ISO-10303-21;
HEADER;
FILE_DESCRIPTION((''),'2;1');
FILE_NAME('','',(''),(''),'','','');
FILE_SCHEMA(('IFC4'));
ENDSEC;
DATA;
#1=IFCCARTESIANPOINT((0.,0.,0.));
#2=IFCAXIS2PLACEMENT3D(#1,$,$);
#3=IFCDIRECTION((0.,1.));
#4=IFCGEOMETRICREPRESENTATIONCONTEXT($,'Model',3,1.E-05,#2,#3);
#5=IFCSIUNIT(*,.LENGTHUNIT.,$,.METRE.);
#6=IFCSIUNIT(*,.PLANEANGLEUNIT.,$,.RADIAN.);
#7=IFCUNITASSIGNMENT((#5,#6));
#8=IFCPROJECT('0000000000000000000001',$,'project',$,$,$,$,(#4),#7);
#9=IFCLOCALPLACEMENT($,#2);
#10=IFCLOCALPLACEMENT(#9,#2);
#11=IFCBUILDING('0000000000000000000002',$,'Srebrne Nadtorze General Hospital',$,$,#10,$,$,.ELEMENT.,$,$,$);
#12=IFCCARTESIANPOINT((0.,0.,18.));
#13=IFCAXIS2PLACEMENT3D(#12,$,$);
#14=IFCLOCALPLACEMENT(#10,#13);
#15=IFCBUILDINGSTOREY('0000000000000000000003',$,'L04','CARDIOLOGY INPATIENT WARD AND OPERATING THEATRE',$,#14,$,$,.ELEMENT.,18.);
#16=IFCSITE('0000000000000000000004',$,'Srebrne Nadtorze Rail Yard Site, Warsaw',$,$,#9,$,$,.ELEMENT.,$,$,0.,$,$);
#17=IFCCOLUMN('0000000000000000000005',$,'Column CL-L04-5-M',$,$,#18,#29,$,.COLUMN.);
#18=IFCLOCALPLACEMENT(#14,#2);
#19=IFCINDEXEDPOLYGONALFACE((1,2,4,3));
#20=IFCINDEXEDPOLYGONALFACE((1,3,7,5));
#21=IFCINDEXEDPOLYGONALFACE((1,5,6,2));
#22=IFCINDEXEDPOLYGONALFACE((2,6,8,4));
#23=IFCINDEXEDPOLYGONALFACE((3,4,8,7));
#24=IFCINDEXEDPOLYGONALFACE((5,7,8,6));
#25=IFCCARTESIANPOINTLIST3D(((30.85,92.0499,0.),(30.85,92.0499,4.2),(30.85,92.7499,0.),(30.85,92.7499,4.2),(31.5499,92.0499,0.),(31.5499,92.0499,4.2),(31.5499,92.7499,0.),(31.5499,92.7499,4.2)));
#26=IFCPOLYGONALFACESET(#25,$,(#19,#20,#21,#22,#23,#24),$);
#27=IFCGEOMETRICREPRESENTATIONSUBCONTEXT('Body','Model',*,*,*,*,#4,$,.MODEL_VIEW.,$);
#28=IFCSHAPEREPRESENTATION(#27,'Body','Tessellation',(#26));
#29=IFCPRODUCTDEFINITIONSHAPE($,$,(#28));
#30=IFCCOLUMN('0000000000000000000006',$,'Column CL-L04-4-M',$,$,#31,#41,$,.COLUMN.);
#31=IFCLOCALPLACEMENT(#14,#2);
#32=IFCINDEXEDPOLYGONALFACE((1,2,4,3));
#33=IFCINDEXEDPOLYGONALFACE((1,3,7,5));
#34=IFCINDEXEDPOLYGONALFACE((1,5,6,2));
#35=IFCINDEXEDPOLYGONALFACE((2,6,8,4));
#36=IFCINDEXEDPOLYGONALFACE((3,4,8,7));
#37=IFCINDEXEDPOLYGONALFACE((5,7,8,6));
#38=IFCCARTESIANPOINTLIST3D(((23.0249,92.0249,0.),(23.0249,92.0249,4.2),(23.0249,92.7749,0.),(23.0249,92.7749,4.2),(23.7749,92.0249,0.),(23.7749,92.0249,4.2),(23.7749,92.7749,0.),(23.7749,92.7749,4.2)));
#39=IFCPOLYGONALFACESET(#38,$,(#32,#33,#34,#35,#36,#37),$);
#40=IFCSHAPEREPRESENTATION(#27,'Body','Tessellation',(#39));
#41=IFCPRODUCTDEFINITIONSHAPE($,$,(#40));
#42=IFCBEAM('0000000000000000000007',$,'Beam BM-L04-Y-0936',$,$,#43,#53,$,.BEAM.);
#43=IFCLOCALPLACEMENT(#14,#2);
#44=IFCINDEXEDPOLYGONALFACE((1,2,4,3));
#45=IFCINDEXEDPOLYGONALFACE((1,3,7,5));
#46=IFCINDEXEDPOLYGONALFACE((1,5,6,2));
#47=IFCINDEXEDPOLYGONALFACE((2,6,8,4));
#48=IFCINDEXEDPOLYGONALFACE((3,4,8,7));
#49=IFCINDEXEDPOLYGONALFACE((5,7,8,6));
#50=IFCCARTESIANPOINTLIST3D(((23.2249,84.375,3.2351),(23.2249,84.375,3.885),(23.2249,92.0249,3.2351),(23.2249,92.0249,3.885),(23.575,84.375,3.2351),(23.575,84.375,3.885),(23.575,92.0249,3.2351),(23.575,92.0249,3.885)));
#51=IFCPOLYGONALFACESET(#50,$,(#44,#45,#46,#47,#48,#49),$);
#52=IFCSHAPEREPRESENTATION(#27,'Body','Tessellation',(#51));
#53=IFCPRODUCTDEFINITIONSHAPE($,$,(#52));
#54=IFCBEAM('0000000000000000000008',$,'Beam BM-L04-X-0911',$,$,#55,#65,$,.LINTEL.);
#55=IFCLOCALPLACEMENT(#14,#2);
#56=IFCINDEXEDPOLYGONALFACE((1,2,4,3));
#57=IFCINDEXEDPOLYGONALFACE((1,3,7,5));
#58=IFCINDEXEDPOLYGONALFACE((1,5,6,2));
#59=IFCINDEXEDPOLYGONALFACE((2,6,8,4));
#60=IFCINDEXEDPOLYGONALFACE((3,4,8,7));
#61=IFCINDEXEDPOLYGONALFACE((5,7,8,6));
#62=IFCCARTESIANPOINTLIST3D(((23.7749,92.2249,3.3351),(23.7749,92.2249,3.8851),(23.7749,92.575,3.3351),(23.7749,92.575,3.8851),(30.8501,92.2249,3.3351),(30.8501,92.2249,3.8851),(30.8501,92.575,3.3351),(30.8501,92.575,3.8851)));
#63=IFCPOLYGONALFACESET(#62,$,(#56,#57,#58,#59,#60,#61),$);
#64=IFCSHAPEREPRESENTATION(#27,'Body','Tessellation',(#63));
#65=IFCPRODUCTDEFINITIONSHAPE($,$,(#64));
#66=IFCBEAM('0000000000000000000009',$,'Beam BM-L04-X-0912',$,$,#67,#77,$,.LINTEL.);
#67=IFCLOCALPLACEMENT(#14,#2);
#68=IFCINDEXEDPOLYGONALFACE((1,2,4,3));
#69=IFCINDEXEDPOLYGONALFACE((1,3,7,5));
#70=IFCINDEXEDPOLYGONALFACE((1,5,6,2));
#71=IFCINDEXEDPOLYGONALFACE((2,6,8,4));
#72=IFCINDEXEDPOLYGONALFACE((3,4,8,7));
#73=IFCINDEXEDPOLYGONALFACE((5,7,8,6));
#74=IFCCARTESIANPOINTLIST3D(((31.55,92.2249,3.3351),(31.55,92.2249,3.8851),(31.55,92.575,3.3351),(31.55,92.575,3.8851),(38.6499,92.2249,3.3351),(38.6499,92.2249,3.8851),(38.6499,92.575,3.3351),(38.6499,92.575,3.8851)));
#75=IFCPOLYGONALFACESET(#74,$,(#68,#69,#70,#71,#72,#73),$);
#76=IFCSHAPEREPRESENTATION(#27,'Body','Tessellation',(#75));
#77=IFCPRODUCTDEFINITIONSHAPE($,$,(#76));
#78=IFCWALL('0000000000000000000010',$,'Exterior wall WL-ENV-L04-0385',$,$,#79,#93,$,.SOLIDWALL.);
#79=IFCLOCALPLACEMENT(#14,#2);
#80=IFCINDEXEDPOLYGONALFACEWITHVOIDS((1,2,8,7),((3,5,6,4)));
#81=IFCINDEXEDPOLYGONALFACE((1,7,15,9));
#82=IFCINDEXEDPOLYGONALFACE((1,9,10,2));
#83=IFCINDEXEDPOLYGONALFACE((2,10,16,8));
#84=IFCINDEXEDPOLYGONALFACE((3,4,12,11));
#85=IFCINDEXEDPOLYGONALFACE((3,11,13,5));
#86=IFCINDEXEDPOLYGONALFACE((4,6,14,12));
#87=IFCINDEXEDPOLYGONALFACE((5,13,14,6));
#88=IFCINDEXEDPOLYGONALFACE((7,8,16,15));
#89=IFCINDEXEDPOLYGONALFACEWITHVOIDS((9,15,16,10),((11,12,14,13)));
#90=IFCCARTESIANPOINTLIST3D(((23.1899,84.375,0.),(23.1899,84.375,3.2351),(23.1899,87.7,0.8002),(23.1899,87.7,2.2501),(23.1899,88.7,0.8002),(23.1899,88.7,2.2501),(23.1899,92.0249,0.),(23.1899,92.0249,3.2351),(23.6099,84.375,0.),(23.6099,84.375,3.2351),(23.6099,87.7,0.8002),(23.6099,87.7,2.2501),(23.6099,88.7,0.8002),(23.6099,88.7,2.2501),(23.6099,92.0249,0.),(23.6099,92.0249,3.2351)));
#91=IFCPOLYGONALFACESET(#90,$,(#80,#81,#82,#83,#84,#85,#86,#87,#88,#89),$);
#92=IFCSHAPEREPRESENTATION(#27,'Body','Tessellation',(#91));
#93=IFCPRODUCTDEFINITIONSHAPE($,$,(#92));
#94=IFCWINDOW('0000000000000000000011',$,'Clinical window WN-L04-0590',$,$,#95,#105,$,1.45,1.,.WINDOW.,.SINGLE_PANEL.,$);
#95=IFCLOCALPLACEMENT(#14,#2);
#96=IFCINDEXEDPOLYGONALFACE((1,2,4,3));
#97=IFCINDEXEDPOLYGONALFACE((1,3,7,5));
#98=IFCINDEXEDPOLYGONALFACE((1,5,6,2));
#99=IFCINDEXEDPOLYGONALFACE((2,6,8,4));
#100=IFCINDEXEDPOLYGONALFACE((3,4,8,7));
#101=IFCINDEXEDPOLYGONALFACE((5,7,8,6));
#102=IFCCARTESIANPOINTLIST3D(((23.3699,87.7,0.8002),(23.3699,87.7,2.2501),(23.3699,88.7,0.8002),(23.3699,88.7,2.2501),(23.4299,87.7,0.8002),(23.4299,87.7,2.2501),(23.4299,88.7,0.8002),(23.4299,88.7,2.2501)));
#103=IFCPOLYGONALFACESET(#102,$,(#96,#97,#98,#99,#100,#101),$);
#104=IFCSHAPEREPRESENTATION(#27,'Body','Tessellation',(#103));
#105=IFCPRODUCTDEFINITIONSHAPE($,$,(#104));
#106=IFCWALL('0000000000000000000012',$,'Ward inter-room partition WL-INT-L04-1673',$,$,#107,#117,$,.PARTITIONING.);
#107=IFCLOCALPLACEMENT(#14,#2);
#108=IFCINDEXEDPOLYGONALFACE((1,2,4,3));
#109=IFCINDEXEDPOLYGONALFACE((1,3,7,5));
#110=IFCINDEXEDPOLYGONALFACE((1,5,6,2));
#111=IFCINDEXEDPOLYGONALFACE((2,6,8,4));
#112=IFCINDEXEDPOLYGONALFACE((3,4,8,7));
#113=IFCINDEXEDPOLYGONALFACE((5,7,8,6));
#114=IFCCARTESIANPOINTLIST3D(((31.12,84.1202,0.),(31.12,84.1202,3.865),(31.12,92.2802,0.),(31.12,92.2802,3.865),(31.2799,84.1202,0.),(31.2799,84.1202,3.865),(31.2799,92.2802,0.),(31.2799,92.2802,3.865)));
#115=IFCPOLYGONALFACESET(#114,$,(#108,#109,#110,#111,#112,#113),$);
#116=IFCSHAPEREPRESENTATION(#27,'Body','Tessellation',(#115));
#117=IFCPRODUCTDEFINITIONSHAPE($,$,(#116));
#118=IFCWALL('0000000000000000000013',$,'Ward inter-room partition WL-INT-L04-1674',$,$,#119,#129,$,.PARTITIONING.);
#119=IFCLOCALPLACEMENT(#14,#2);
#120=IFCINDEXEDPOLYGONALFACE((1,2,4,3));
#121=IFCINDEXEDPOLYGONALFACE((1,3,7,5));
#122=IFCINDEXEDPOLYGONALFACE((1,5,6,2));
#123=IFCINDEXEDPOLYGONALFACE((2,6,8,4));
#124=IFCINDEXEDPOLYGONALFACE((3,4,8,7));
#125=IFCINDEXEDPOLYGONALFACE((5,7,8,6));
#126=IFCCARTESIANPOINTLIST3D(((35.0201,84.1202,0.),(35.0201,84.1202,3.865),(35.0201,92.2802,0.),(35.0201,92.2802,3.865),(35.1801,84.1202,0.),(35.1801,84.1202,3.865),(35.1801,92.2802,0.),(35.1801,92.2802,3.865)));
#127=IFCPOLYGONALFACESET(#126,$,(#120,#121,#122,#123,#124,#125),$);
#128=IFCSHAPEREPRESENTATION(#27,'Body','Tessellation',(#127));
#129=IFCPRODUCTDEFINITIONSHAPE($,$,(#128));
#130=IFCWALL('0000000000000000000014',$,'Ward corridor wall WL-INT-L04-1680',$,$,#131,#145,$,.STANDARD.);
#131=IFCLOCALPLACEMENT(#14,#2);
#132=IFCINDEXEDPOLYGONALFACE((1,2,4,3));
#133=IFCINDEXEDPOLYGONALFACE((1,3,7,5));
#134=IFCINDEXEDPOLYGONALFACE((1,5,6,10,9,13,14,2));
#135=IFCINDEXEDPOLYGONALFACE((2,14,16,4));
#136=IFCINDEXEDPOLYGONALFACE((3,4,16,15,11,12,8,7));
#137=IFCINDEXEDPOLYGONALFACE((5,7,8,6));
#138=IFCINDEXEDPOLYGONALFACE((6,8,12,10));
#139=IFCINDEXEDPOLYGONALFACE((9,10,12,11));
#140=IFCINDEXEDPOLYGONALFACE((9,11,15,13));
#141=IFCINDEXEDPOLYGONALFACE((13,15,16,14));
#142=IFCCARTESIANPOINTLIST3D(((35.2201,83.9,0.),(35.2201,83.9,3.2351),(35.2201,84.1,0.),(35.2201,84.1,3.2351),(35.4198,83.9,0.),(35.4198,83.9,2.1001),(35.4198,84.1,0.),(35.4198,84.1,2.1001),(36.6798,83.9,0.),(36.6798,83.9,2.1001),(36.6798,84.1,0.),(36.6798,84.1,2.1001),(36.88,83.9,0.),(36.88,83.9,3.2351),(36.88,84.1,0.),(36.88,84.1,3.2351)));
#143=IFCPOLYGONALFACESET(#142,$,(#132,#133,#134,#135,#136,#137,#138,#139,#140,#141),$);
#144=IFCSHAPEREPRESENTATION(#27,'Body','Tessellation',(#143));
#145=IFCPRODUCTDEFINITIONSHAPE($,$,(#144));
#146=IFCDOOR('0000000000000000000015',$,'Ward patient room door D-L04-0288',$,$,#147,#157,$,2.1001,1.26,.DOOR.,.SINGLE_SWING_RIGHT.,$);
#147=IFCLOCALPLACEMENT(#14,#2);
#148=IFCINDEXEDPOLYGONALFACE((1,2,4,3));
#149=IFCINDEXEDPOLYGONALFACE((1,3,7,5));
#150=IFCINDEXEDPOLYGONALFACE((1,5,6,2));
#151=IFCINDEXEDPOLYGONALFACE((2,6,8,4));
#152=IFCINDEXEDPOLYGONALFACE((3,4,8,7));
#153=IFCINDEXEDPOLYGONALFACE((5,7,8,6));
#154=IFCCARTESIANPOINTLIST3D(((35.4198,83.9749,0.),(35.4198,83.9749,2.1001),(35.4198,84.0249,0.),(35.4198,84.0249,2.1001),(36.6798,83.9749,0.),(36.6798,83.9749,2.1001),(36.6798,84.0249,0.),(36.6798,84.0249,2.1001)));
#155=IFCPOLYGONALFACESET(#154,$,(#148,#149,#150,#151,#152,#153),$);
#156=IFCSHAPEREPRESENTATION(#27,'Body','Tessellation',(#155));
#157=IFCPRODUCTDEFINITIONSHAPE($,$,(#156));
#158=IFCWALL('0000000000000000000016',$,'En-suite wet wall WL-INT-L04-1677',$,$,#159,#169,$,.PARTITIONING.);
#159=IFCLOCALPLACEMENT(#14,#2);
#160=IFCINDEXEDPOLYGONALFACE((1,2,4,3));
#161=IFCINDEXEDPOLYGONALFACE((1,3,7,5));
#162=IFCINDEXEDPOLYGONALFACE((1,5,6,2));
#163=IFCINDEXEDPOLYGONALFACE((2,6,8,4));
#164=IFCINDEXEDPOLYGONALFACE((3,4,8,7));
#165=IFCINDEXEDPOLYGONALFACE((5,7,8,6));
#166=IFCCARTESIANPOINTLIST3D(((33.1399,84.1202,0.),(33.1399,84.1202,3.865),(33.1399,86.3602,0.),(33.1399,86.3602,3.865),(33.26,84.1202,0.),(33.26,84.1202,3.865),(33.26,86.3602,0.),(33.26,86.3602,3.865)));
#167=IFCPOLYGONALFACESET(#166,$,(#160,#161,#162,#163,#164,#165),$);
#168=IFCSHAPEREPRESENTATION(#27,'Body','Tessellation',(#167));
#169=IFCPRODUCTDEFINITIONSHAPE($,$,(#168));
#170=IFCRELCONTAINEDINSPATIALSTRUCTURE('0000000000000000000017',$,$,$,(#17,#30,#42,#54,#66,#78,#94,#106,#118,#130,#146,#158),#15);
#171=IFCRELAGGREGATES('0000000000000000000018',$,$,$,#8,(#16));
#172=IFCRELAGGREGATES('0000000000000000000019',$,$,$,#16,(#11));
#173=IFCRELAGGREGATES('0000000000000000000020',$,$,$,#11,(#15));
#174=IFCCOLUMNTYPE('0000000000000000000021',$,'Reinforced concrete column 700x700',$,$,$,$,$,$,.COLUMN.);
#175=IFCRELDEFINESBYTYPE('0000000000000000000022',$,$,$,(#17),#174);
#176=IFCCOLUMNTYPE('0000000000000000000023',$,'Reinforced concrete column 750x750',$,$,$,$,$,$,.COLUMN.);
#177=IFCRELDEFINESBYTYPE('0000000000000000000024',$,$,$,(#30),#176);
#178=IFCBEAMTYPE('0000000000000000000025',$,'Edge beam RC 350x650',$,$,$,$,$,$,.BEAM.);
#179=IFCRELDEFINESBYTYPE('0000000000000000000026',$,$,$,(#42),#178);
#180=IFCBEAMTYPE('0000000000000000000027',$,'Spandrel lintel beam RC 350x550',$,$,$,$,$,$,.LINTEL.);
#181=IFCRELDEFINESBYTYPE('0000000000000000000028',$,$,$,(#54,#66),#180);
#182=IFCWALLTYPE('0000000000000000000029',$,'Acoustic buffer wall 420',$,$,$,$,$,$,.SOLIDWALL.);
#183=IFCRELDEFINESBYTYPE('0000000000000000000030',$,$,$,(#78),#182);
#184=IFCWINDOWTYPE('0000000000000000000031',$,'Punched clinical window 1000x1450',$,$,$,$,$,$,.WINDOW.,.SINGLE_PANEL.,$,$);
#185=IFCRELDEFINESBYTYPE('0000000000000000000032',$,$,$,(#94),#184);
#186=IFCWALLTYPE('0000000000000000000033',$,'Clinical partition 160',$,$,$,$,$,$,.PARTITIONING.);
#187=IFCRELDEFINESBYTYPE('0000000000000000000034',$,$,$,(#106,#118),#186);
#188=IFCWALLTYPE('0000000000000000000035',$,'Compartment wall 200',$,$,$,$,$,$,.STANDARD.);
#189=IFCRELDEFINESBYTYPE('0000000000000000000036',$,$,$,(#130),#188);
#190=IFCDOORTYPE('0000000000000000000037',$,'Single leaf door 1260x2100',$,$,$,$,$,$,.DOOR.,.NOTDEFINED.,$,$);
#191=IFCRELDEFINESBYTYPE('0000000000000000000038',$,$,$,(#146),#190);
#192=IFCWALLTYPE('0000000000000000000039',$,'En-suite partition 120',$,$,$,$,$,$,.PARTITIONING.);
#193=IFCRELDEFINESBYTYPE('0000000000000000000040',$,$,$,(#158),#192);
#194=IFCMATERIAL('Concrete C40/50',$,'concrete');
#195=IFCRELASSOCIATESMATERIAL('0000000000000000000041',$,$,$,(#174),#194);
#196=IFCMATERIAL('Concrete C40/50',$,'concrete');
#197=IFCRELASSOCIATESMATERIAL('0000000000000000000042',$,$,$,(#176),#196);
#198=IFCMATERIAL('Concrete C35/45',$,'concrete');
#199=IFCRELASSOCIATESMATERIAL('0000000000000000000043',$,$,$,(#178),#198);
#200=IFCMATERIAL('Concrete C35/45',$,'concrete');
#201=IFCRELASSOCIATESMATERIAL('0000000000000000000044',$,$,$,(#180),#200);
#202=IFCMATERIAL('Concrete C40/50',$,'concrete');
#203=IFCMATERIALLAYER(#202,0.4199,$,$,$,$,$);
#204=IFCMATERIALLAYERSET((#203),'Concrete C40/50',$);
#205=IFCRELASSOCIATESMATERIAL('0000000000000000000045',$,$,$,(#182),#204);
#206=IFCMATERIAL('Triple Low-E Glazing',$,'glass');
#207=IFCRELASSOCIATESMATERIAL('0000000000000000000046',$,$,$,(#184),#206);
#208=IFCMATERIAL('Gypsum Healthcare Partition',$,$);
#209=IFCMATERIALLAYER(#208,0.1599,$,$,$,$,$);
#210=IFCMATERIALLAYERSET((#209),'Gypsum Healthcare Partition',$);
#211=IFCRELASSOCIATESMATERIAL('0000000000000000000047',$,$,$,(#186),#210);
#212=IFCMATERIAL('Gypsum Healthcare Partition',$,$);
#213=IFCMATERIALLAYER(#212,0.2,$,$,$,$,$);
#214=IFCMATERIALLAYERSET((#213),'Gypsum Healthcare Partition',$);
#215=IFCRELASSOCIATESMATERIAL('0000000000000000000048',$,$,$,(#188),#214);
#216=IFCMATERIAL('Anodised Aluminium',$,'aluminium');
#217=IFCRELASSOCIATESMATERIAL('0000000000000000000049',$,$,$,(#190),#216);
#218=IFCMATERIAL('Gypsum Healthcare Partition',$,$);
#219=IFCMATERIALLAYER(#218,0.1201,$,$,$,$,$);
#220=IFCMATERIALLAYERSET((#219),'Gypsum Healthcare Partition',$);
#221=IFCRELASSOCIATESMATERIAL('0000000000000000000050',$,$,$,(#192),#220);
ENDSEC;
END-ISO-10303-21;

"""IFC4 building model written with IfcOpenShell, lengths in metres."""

from ifc_helpers import new_model, si_unit, direction, frame, frame_2d, origin, origin_2d, place, context, subcontext, project, spatial, rectangle, extrude, material, layer, layer_set, material_profile, profile_set, type_object, element, fill, save


model = new_model("IFC4")

# Units and contexts
model_context = context("Model", 3, precision=1e-05, world=origin(), true_north=direction((0.0, 1.0)))
body_context = subcontext(model_context, "Body", "Model", "MODEL_VIEW")
ifc_project = project(units=[si_unit("LENGTHUNIT", "METRE"), si_unit("PLANEANGLEUNIT", "RADIAN")], contexts=[model_context])

# Site, building, storey
site_placement = place(None, origin())
site = spatial("IfcSite", under=ifc_project, at=site_placement, Name="Srebrne Nadtorze Rail Yard Site, Warsaw", CompositionType="ELEMENT", RefElevation=0.0)
building_placement = place(site_placement, origin())
building = spatial("IfcBuilding", under=site, at=building_placement, Name="Srebrne Nadtorze General Hospital", CompositionType="ELEMENT")
storey_placement = place(building_placement, frame((0.0, 0.0, 18.0)))
storey = spatial("IfcBuildingStorey", under=building, at=storey_placement, Name="L04", Description="CARDIOLOGY INPATIENT WARD AND OPERATING THEATRE", CompositionType="ELEMENT", Elevation=18.0)

# Columns
ifc_material_1 = material(Name="Concrete C40/50", Category="concrete")
ifc_material_profile_1 = material_profile(ifc_material_1, rectangle(XDim=0.7, YDim=0.7, at=origin_2d()), Name="RC-COL-700x700")
ifc_profile_set_1 = profile_set([ifc_material_profile_1], Name="Concrete C40/50")
column_type_1 = type_object("IfcColumnType", Name="Reinforced concrete column 700x700", PredefinedType="COLUMN", material=ifc_profile_set_1)
column_1_placement = place(storey_placement, frame((31.2, 92.3999, 0.0), z_axis=(0.0, 0.0, 1.0), x_axis=(1.0, 0.0, 0.0)))
element("IfcColumn", 1, at=column_1_placement, inside=storey, type_object=column_type_1, Name="Column CL-L04-5-M", PredefinedType="COLUMN", context=body_context, shape_type="SweptSolid", body=[
    extrude(rectangle(XDim=0.7, YDim=0.7, at=origin_2d()), origin(), (0.0, 0.0, 1.0), 4.2),
])
ifc_material_2 = material(Name="Concrete C40/50", Category="concrete")
ifc_material_profile_2 = material_profile(ifc_material_2, rectangle(XDim=0.75, YDim=0.75, at=origin_2d()), Name="RC-COL-750x750")
ifc_profile_set_2 = profile_set([ifc_material_profile_2], Name="Concrete C40/50")
column_type_2 = type_object("IfcColumnType", Name="Reinforced concrete column 750x750", PredefinedType="COLUMN", material=ifc_profile_set_2)
column_2_placement = place(storey_placement, frame((23.3999, 92.3999, 0.0), z_axis=(0.0, 0.0, 1.0), x_axis=(1.0, 0.0, 0.0)))
element("IfcColumn", 2, at=column_2_placement, inside=storey, type_object=column_type_2, Name="Column CL-L04-4-M", PredefinedType="COLUMN", context=body_context, shape_type="SweptSolid", body=[
    extrude(rectangle(XDim=0.75, YDim=0.75, at=origin_2d()), origin(), (0.0, 0.0, 1.0), 4.2),
])

# Beams
ifc_material_3 = material(Name="Concrete C35/45", Category="concrete")
ifc_material_profile_3 = material_profile(ifc_material_3, rectangle(XDim=0.3501, YDim=0.6499, at=origin_2d()), Name="RC-BM-350x650")
ifc_profile_set_3 = profile_set([ifc_material_profile_3], Name="Concrete C35/45")
beam_type_1 = type_object("IfcBeamType", Name="Edge beam RC 350x650", PredefinedType="BEAM", material=ifc_profile_set_3)
beam_1_placement = place(storey_placement, frame((23.3999, 84.375, 3.5601), z_axis=(0.0, 1.0, 0.0), x_axis=(-1.0, 0.0, 0.0)))
element("IfcBeam", 3, at=beam_1_placement, inside=storey, type_object=beam_type_1, Name="Beam BM-L04-Y-0936", PredefinedType="BEAM", context=body_context, shape_type="SweptSolid", body=[
    extrude(rectangle(XDim=0.3501, YDim=0.6499, at=origin_2d()), origin(), (0.0, 0.0, 1.0), 7.6499),
])
ifc_material_4 = material(Name="Concrete C35/45", Category="concrete")
ifc_material_profile_4 = material_profile(ifc_material_4, rectangle(XDim=0.3501, YDim=0.55, at=origin_2d()), Name="RC-BM-350x550")
ifc_profile_set_4 = profile_set([ifc_material_profile_4], Name="Concrete C35/45")
beam_type_2 = type_object("IfcBeamType", Name="Spandrel lintel beam RC 350x550", PredefinedType="LINTEL", material=ifc_profile_set_4)
beam_2_placement = place(storey_placement, frame((23.7749, 92.3999, 3.6101), z_axis=(1.0, 0.0, 0.0), x_axis=(0.0, 1.0, 0.0)))
element("IfcBeam", 4, at=beam_2_placement, inside=storey, type_object=beam_type_2, Name="Beam BM-L04-X-0911", PredefinedType="LINTEL", context=body_context, shape_type="SweptSolid", body=[
    extrude(rectangle(XDim=0.3501, YDim=0.55, at=origin_2d()), origin(), (0.0, 0.0, 1.0), 7.0752),
])
beam_3_placement = place(storey_placement, frame((31.55, 92.3999, 3.6101), z_axis=(1.0, 0.0, 0.0), x_axis=(0.0, 1.0, 0.0)))
element("IfcBeam", 5, at=beam_3_placement, inside=storey, type_object=beam_type_2, Name="Beam BM-L04-X-0912", PredefinedType="LINTEL", context=body_context, shape_type="SweptSolid", body=[
    extrude(rectangle(XDim=0.3501, YDim=0.55, at=origin_2d()), origin(), (0.0, 0.0, 1.0), 7.0999),
])

# Wall, opening, window
ifc_material_5 = material(Name="Concrete C40/50", Category="concrete")
ifc_layer_1 = layer(ifc_material_5, 0.4199)
ifc_layer_set_1 = layer_set([ifc_layer_1], Name="Concrete C40/50")
wall_type_1 = type_object("IfcWallType", Name="Acoustic buffer wall 420", PredefinedType="SOLIDWALL", material=ifc_layer_set_1)
wall_1_placement = place(storey_placement, frame((23.3999, 84.375, 0.0), z_axis=(0.0, 0.0, 1.0), x_axis=(0.0, 1.0, 0.0)))
wall_1 = element("IfcWall", 6, at=wall_1_placement, inside=storey, type_object=wall_type_1, Name="Exterior wall WL-ENV-L04-0385", PredefinedType="SOLIDWALL", context=body_context, shape_type="SweptSolid", body=[
    extrude(rectangle(XDim=7.6499, YDim=0.4199, at=frame_2d((3.825, 0.0))), origin(), (0.0, 0.0, 1.0), 3.2351),
])
opening_1_placement = place(wall_1_placement, frame((3.325, 0.0, 0.8)))
opening_1 = element("IfcOpeningElement", 7, at=opening_1_placement, cuts=wall_1, PredefinedType="OPENING", context=body_context, shape_type="SweptSolid", body=[
    extrude(rectangle(XDim=1.0, YDim=1.45, at=frame_2d((0.5, 0.7251))), frame((0.0, 0.2219, 0.0), z_axis=(0.0, -1.0, 0.0), x_axis=(1.0, 0.0, 0.0)), (0.0, 0.0, 1.0), 0.4438),
])
ifc_material_6 = material(Name="Triple Low-E Glazing", Category="glass")
window_type_1 = type_object("IfcWindowType", Name="Punched clinical window 1000x1450", PartitioningType="SINGLE_PANEL", PredefinedType="WINDOW", material=ifc_material_6)
window_1_placement = place(opening_1_placement, origin())
window_1 = element("IfcWindow", 8, at=window_1_placement, inside=storey, type_object=window_type_1, Name="Clinical window WN-L04-0590", OverallHeight=1.45, OverallWidth=1.0, PartitioningType="SINGLE_PANEL", PredefinedType="WINDOW", context=body_context, shape_type="SweptSolid", body=[
    extrude(rectangle(XDim=1.0, YDim=1.45, at=frame_2d((0.5, 0.7251))), frame((0.0, 0.03, 0.0), z_axis=(0.0, -1.0, 0.0), x_axis=(1.0, 0.0, 0.0)), (0.0, 0.0, 1.0), 0.0601),
])
fill(opening_1, window_1)

# Walls
ifc_material_7 = material(Name="Gypsum Healthcare Partition")
ifc_layer_2 = layer(ifc_material_7, 0.1599)
ifc_layer_set_2 = layer_set([ifc_layer_2], Name="Gypsum Healthcare Partition")
wall_type_2 = type_object("IfcWallType", Name="Clinical partition 160", PredefinedType="PARTITIONING", material=ifc_layer_set_2)
for number, where, z_axis, x_axis, name in (
    (9, (31.2, 84.1201, 0.0), (0.0, 0.0, 1.0), (0.0, 1.0, 0.0), "Ward inter-room partition WL-INT-L04-1673"),
    (10, (35.1001, 84.1201, 0.0), (0.0, 0.0, 1.0), (0.0, 1.0, 0.0), "Ward inter-room partition WL-INT-L04-1674"),
):
    element("IfcWall", number, at=place(storey_placement, frame(where, z_axis=z_axis, x_axis=x_axis)), inside=storey, type_object=wall_type_2, Name=name, PredefinedType="PARTITIONING", context=body_context, shape_type="SweptSolid", body=[
        extrude(rectangle(XDim=8.1599, YDim=0.1599, at=frame_2d((4.0801, 0.0))), origin(), (0.0, 0.0, 1.0), 3.865),
    ])

# Wall, opening, door
ifc_material_8 = material(Name="Gypsum Healthcare Partition")
ifc_layer_3 = layer(ifc_material_8, 0.2)
ifc_layer_set_3 = layer_set([ifc_layer_3], Name="Gypsum Healthcare Partition")
wall_type_3 = type_object("IfcWallType", Name="Compartment wall 200", PredefinedType="STANDARD", material=ifc_layer_set_3)
wall_2_placement = place(storey_placement, frame((35.22, 84.0, 0.0), z_axis=(0.0, 0.0, 1.0), x_axis=(1.0, 0.0, 0.0)))
wall_2 = element("IfcWall", 11, at=wall_2_placement, inside=storey, type_object=wall_type_3, Name="Ward corridor wall WL-INT-L04-1680", PredefinedType="STANDARD", context=body_context, shape_type="SweptSolid", body=[
    extrude(rectangle(XDim=1.6599, YDim=0.2, at=frame_2d((0.8301, 0.0))), origin(), (0.0, 0.0, 1.0), 3.2351),
])
opening_2_placement = place(wall_2_placement, frame((0.2, 0.0, 0.0)))
opening_2 = element("IfcOpeningElement", 12, at=opening_2_placement, cuts=wall_2, PredefinedType="OPENING", context=body_context, shape_type="SweptSolid", body=[
    extrude(rectangle(XDim=1.26, YDim=2.1001, at=frame_2d((0.6299, 1.05))), frame((0.0, 0.1118, 0.0), z_axis=(0.0, -1.0, 0.0), x_axis=(1.0, 0.0, 0.0)), (0.0, 0.0, 1.0), 0.2239),
])
ifc_material_9 = material(Name="Anodised Aluminium", Category="aluminium")
door_type_1 = type_object("IfcDoorType", Name="Single leaf door 1260x2100", OperationType="NOTDEFINED", PredefinedType="DOOR", material=ifc_material_9)
door_1_placement = place(opening_2_placement, origin())
door_1 = element("IfcDoor", 13, at=door_1_placement, inside=storey, type_object=door_type_1, Name="Ward patient room door D-L04-0288", OperationType="SINGLE_SWING_RIGHT", OverallHeight=2.1001, OverallWidth=1.26, PredefinedType="DOOR", context=body_context, shape_type="SweptSolid", body=[
    extrude(rectangle(XDim=1.26, YDim=2.1001, at=frame_2d((0.6299, 1.05))), frame((0.0, 0.0249, 0.0), z_axis=(0.0, -1.0, 0.0), x_axis=(1.0, 0.0, 0.0)), (0.0, 0.0, 1.0), 0.05),
])
fill(opening_2, door_1)

# Wall
ifc_material_10 = material(Name="Gypsum Healthcare Partition")
ifc_layer_4 = layer(ifc_material_10, 0.1201)
ifc_layer_set_4 = layer_set([ifc_layer_4], Name="Gypsum Healthcare Partition")
wall_type_4 = type_object("IfcWallType", Name="En-suite partition 120", PredefinedType="PARTITIONING", material=ifc_layer_set_4)
wall_3_placement = place(storey_placement, frame((33.2, 84.1201, 0.0), z_axis=(0.0, 0.0, 1.0), x_axis=(0.0, 1.0, 0.0)))
element("IfcWall", 14, at=wall_3_placement, inside=storey, type_object=wall_type_4, Name="En-suite wet wall WL-INT-L04-1677", PredefinedType="PARTITIONING", context=body_context, shape_type="SweptSolid", body=[
    extrude(rectangle(XDim=2.24, YDim=0.1201, at=frame_2d((1.1201, 0.0))), origin(), (0.0, 0.0, 1.0), 3.865),
])

save(model, "model.ifc")
